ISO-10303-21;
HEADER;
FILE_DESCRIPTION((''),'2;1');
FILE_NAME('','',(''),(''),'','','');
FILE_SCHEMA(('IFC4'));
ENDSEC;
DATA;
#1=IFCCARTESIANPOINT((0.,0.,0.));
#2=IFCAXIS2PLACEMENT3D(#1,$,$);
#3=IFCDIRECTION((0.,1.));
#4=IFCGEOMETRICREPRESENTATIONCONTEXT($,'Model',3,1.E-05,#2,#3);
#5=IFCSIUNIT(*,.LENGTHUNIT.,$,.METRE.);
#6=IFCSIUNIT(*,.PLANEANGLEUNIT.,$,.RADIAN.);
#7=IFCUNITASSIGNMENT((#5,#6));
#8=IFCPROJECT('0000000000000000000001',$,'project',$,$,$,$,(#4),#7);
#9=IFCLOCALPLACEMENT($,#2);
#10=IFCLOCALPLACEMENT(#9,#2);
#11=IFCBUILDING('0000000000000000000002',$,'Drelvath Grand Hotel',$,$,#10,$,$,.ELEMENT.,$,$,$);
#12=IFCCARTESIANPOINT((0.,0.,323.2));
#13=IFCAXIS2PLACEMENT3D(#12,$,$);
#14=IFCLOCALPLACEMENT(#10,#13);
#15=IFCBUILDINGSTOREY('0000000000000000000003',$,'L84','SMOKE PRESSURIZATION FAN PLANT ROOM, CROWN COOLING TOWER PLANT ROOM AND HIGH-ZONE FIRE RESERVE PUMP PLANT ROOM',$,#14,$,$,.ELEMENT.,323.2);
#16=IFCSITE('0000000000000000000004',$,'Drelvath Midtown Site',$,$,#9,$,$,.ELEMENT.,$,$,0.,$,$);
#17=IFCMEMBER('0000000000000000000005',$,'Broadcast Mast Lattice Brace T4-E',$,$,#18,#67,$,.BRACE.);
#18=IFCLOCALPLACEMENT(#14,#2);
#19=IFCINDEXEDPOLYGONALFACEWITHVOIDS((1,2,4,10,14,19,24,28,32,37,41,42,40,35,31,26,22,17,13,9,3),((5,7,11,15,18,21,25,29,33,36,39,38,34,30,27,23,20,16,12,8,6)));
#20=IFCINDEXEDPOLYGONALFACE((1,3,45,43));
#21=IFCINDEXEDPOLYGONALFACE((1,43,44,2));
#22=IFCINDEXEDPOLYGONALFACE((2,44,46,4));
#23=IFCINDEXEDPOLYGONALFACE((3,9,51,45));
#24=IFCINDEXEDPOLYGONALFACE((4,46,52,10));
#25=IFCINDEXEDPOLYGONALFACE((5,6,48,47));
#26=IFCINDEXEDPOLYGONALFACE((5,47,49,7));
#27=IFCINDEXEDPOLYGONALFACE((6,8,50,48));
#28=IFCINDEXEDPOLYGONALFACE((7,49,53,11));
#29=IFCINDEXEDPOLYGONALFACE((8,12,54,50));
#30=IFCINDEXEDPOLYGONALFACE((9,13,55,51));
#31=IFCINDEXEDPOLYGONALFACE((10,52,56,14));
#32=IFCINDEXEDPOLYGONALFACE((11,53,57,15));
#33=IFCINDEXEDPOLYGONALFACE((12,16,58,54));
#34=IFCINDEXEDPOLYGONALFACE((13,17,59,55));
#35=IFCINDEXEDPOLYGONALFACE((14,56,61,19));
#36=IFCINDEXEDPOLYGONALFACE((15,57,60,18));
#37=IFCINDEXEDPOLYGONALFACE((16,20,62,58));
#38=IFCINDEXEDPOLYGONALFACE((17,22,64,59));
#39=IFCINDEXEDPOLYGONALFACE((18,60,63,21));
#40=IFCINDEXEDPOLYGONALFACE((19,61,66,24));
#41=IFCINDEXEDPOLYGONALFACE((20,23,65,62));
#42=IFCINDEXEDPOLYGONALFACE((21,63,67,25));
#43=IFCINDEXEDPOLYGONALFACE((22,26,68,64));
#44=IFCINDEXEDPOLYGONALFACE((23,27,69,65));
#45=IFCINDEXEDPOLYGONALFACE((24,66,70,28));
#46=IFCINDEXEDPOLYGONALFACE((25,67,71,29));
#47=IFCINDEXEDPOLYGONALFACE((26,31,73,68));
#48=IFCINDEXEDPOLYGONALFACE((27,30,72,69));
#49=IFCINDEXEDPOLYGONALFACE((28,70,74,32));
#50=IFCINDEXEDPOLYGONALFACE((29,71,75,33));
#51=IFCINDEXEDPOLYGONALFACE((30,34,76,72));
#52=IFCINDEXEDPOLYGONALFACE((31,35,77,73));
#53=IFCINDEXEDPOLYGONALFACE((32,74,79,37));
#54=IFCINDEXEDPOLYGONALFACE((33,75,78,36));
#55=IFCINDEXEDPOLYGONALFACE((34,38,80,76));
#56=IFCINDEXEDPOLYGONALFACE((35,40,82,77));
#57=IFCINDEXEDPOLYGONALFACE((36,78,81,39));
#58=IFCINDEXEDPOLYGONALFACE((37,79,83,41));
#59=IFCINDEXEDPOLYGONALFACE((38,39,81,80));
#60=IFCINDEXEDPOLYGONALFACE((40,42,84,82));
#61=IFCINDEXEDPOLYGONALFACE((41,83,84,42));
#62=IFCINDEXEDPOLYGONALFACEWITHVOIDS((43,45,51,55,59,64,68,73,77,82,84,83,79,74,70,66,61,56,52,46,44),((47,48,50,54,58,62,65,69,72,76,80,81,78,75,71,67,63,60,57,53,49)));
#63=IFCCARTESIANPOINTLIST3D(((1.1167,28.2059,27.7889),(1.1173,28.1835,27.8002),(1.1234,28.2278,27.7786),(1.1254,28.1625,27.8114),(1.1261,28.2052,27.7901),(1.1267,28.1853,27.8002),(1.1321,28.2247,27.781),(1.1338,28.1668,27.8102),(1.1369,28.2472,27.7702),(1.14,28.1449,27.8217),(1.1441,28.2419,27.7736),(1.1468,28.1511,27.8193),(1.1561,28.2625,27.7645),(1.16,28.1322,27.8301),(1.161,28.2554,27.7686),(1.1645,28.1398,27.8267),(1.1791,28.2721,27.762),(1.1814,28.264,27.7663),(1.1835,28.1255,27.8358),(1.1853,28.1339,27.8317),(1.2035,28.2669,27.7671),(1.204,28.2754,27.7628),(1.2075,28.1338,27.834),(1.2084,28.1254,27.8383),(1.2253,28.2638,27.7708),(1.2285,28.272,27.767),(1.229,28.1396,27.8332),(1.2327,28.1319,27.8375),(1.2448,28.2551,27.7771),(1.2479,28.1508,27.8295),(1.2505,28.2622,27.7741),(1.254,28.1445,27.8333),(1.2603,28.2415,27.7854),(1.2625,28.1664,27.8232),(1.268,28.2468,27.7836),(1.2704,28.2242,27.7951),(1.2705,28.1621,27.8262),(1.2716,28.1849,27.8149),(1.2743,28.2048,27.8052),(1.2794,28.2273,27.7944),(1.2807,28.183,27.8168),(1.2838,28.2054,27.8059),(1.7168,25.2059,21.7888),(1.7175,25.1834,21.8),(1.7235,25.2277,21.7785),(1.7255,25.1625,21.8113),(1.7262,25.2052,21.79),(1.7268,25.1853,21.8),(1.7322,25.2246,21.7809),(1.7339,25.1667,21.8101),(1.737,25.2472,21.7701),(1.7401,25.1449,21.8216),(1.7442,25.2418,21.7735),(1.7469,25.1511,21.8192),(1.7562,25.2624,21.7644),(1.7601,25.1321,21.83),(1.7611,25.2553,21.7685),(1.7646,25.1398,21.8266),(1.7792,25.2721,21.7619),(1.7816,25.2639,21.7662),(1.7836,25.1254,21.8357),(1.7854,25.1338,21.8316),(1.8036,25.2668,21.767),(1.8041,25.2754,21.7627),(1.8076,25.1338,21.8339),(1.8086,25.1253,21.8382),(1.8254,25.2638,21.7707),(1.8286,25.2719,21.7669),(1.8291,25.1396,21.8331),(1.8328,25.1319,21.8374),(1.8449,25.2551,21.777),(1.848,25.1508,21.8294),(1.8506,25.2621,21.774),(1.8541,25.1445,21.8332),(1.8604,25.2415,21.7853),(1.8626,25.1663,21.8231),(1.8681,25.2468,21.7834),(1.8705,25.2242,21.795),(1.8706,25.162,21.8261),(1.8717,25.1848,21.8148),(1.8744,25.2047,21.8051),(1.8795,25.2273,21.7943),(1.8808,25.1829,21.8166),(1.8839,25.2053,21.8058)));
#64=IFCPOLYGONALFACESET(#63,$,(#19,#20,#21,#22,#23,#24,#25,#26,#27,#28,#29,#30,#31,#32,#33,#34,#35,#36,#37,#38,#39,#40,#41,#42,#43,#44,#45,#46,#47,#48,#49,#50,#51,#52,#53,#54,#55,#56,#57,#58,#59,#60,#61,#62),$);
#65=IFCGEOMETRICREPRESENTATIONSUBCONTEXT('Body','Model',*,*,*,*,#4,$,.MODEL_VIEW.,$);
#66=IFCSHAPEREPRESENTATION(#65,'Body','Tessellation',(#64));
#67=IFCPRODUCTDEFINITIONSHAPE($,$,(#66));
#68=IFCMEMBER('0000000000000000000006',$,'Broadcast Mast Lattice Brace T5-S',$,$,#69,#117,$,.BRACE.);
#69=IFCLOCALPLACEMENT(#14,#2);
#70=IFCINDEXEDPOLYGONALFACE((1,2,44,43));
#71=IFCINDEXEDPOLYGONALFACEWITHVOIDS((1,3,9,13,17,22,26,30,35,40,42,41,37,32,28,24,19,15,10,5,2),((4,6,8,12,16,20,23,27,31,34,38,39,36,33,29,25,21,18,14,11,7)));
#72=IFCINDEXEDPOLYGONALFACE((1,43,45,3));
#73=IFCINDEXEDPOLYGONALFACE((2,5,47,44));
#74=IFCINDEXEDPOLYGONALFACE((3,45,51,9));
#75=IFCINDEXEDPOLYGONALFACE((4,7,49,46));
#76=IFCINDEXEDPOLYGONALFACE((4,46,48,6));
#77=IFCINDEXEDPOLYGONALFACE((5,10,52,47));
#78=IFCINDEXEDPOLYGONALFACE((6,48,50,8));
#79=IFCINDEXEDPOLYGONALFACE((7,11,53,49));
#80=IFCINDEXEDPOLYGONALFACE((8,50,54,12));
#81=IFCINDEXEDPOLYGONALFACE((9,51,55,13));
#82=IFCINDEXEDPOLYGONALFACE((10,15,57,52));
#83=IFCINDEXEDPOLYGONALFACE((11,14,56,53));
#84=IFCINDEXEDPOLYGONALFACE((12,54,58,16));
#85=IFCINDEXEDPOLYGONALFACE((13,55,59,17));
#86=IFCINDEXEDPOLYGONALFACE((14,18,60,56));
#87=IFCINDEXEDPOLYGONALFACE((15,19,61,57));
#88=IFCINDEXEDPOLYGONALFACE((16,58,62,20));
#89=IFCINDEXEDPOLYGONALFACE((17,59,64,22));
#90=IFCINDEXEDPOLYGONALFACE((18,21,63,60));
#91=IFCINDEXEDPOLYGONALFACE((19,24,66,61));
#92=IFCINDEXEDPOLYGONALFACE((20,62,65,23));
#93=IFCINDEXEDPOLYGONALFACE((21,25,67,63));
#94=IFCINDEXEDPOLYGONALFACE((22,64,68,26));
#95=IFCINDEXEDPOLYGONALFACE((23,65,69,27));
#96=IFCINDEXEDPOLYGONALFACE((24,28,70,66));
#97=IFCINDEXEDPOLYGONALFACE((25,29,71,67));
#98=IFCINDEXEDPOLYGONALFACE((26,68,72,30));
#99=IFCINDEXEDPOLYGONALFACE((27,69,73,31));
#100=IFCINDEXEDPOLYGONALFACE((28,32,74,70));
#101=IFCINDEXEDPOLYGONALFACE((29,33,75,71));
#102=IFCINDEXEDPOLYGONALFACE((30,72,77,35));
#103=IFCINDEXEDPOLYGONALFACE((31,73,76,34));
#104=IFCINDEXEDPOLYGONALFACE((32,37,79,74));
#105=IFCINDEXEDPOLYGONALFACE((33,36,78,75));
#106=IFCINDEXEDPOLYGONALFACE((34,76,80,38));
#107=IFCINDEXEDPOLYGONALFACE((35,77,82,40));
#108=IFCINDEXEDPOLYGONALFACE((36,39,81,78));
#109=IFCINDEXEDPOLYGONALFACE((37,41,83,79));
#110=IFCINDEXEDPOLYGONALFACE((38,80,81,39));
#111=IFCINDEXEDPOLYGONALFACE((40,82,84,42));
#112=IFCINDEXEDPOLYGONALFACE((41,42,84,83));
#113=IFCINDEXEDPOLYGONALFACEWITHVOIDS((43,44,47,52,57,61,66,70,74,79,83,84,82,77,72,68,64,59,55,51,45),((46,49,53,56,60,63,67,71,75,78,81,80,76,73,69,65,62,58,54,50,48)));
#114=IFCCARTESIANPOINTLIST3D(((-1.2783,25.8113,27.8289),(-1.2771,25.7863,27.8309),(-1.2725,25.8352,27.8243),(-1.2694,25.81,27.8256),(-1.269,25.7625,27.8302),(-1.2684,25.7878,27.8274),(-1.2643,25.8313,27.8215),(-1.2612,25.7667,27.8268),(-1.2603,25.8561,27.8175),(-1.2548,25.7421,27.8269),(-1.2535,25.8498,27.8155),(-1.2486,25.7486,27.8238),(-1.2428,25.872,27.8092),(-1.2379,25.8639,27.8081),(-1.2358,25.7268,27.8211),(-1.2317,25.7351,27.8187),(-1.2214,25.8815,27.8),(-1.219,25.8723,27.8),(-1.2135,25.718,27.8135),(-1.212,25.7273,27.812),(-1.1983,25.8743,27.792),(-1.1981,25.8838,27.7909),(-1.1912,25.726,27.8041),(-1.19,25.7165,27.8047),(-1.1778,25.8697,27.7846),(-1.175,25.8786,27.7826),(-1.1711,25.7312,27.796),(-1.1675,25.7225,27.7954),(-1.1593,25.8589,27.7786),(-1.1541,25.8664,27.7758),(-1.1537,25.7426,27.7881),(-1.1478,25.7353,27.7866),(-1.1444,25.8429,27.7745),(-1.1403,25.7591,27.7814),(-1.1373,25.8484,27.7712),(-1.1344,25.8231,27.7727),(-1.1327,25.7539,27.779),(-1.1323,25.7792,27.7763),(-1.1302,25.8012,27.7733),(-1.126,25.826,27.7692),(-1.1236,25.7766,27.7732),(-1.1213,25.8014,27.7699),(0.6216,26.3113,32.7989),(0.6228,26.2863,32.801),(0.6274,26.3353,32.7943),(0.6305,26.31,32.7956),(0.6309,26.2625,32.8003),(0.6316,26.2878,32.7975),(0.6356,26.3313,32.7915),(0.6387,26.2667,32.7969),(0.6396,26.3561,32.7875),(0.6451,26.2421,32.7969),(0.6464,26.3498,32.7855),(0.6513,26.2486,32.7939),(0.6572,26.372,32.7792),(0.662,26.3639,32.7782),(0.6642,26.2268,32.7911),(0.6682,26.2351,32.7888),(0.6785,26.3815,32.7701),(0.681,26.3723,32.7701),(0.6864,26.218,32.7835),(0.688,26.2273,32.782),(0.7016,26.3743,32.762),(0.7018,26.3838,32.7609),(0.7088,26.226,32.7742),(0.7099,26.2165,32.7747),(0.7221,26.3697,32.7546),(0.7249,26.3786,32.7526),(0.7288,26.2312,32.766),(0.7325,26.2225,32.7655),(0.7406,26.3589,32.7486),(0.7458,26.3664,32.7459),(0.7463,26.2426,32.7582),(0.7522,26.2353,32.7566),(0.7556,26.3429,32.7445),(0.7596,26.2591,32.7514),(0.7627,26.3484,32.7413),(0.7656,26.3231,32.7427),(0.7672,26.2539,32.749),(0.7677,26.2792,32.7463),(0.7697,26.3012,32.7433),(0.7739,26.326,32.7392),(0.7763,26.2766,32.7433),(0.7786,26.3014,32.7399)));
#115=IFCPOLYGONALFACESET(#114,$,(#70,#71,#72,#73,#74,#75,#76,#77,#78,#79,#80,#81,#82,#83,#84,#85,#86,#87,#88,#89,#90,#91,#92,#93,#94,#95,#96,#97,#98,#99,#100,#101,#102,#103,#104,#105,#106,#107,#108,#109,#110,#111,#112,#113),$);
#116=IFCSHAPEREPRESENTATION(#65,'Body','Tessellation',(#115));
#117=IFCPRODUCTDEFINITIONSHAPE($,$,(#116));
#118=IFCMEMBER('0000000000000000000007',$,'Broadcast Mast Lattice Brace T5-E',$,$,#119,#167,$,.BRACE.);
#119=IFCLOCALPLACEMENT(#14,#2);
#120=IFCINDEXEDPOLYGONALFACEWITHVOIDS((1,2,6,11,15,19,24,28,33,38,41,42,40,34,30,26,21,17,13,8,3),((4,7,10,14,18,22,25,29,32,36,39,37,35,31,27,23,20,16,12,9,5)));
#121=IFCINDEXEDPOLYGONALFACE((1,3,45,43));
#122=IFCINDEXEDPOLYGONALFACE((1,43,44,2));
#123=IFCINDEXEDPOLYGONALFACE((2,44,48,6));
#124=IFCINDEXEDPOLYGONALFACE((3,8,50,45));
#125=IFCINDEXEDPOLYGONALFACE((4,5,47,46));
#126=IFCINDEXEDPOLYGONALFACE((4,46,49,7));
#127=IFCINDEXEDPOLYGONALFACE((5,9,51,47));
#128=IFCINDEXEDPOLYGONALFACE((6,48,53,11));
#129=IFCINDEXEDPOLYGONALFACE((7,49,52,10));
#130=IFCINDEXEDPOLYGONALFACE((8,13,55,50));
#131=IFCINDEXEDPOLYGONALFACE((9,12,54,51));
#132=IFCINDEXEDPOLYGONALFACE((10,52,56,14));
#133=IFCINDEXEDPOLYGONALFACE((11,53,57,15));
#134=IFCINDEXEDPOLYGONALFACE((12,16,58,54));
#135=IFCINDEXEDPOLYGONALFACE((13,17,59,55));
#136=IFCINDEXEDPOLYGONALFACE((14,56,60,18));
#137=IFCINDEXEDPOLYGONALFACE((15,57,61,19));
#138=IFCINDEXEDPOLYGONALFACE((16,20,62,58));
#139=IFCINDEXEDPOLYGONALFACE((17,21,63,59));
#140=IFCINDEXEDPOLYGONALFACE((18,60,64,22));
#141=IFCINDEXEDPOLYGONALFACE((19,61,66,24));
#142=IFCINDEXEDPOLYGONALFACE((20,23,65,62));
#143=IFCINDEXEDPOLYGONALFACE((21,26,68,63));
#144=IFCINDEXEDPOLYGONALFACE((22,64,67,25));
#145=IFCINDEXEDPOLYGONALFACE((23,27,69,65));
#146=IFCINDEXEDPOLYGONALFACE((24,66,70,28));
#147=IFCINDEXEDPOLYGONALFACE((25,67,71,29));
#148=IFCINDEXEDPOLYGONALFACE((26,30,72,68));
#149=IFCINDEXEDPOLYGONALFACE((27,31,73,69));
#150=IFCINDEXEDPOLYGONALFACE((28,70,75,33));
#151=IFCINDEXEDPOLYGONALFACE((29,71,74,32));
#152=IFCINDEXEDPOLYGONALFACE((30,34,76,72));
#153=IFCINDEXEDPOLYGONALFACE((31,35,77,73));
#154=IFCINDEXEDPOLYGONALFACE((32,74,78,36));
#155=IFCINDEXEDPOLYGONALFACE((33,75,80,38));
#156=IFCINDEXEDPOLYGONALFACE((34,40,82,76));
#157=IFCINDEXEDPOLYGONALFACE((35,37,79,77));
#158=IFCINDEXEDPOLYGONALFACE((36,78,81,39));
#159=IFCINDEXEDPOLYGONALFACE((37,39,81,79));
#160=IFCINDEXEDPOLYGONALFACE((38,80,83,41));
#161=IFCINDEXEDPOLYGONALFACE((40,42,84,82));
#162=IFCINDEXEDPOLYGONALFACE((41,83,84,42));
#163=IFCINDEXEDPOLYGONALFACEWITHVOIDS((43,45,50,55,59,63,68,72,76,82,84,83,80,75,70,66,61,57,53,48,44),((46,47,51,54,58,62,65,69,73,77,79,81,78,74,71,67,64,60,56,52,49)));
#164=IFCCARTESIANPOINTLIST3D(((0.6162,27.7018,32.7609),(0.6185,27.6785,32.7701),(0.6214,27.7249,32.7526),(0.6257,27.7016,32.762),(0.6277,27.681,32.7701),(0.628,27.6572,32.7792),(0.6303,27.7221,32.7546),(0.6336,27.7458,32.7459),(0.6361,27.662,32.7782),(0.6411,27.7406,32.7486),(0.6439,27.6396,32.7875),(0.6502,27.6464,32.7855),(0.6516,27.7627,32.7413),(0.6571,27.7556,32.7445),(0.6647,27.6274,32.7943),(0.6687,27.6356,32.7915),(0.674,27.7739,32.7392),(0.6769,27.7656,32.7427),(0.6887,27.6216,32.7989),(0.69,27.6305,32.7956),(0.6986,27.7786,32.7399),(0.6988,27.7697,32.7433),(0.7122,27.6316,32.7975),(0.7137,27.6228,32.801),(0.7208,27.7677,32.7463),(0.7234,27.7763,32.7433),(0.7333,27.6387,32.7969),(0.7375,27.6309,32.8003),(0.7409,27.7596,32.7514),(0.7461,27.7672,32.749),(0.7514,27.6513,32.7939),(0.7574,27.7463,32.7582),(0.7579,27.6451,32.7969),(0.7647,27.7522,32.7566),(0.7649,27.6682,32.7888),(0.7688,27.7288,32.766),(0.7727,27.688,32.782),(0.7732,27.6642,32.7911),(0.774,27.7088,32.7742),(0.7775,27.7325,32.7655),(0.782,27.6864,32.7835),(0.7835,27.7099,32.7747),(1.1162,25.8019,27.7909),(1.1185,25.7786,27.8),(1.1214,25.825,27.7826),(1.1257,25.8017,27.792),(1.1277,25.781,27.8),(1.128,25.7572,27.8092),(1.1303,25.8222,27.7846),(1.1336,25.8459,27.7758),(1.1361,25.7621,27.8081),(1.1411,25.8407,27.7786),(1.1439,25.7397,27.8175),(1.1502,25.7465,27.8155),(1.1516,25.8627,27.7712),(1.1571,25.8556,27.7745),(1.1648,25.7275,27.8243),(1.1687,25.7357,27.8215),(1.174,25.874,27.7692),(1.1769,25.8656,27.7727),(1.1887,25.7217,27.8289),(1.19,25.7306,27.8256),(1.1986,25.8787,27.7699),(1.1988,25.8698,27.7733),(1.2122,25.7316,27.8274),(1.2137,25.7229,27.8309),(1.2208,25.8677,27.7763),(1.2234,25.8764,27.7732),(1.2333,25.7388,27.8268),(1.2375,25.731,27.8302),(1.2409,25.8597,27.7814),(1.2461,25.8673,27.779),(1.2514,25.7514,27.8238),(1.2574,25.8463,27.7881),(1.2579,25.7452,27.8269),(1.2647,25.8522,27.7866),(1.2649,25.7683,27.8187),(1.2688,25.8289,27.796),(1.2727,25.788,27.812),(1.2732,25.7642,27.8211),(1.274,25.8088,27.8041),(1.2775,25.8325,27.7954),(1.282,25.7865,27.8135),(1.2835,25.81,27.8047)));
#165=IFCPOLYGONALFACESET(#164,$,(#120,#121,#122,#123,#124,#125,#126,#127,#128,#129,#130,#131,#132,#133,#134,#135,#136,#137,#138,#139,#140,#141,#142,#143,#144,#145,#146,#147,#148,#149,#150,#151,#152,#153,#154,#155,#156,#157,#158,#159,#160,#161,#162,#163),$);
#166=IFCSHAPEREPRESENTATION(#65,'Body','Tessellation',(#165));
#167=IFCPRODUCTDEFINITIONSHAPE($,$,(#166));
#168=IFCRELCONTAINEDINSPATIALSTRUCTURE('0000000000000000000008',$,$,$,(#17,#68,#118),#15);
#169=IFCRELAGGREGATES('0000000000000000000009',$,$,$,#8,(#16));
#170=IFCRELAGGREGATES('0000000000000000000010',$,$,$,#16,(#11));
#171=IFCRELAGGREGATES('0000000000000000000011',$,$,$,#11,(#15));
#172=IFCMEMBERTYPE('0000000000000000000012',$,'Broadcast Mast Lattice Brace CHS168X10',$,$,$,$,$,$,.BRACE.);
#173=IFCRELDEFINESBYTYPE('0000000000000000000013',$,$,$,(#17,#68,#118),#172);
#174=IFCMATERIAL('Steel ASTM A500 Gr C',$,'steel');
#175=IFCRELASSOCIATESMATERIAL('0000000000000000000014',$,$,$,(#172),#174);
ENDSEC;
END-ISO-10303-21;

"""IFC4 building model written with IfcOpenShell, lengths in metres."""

from ifc_helpers import new_model, si_unit, direction, frame, origin, origin_2d, place, context, subcontext, project, spatial, hollow_circle, extrude, material, material_profile, profile_set, type_object, element, save


model = new_model("IFC4")

# Units and contexts
model_context = context("Model", 3, precision=1e-05, world=origin(), true_north=direction((0.0, 1.0)))
body_context = subcontext(model_context, "Body", "Model", "MODEL_VIEW")
ifc_project = project(units=[si_unit("LENGTHUNIT", "METRE"), si_unit("PLANEANGLEUNIT", "RADIAN")], contexts=[model_context])

# Site, building, storey
site_placement = place(None, origin())
site = spatial("IfcSite", under=ifc_project, at=site_placement, Name="Drelvath Midtown Site", CompositionType="ELEMENT", RefElevation=0.0)
building_placement = place(site_placement, origin())
building = spatial("IfcBuilding", under=site, at=building_placement, Name="Drelvath Grand Hotel", CompositionType="ELEMENT")
storey_placement = place(building_placement, frame((0.0, 0.0, 323.2)))
storey = spatial("IfcBuildingStorey", under=building, at=storey_placement, Name="L84", Description="SMOKE PRESSURIZATION FAN PLANT ROOM, CROWN COOLING TOWER PLANT ROOM AND HIGH-ZONE FIRE RESERVE PUMP PLANT ROOM", CompositionType="ELEMENT", Elevation=323.2)

# Members
ifc_material_1 = material(Name="Steel ASTM A500 Gr C", Category="steel")
ifc_material_profile_1 = material_profile(ifc_material_1, hollow_circle(Radius=0.0842, WallThickness=0.0095, at=origin_2d()), Name="CHS168X10")
ifc_profile_set_1 = profile_set([ifc_material_profile_1], Name="Steel ASTM A500 Gr C")
member_type_1 = type_object("IfcMemberType", Name="Broadcast Mast Lattice Brace CHS168X10", PredefinedType="BRACE", material=ifc_profile_set_1)
for number, where, z_axis, x_axis, name in (
    (1, (1.8, 25.2, 21.8), (-0.089101, 0.445435, 0.89087), (-0.980575, -0.196147, 0.0), "Broadcast Mast Lattice Brace T4-E"),
):
    element("IfcMember", number, at=place(storey_placement, frame(where, z_axis=z_axis, x_axis=x_axis)), inside=storey, type_object=member_type_1, Name=name, PredefinedType="BRACE", context=body_context, shape_type="SweptSolid", body=[
        extrude(hollow_circle(Radius=0.0842, WallThickness=0.0095, at=origin_2d()), origin(), (0.0, 0.0, 1.0), 6.7351),
    ])
for number, where, z_axis, x_axis, name in (
    (2, (-1.2, 25.8, 27.8), (0.355509, 0.09356, 0.929979), (-0.254506, 0.967071, 0.0), "Broadcast Mast Lattice Brace T5-S"),
    (3, (1.2, 25.8, 27.8), (-0.09356, 0.355509, 0.929979), (-0.967071, -0.254506, 0.0), "Broadcast Mast Lattice Brace T5-E"),
):
    element("IfcMember", number, at=place(storey_placement, frame(where, z_axis=z_axis, x_axis=x_axis)), inside=storey, type_object=member_type_1, Name=name, PredefinedType="BRACE", context=body_context, shape_type="SweptSolid", body=[
        extrude(hollow_circle(Radius=0.0842, WallThickness=0.0095, at=origin_2d()), origin(), (0.0, 0.0, 1.0), 5.3442),
    ])

save(model, "model.ifc")
